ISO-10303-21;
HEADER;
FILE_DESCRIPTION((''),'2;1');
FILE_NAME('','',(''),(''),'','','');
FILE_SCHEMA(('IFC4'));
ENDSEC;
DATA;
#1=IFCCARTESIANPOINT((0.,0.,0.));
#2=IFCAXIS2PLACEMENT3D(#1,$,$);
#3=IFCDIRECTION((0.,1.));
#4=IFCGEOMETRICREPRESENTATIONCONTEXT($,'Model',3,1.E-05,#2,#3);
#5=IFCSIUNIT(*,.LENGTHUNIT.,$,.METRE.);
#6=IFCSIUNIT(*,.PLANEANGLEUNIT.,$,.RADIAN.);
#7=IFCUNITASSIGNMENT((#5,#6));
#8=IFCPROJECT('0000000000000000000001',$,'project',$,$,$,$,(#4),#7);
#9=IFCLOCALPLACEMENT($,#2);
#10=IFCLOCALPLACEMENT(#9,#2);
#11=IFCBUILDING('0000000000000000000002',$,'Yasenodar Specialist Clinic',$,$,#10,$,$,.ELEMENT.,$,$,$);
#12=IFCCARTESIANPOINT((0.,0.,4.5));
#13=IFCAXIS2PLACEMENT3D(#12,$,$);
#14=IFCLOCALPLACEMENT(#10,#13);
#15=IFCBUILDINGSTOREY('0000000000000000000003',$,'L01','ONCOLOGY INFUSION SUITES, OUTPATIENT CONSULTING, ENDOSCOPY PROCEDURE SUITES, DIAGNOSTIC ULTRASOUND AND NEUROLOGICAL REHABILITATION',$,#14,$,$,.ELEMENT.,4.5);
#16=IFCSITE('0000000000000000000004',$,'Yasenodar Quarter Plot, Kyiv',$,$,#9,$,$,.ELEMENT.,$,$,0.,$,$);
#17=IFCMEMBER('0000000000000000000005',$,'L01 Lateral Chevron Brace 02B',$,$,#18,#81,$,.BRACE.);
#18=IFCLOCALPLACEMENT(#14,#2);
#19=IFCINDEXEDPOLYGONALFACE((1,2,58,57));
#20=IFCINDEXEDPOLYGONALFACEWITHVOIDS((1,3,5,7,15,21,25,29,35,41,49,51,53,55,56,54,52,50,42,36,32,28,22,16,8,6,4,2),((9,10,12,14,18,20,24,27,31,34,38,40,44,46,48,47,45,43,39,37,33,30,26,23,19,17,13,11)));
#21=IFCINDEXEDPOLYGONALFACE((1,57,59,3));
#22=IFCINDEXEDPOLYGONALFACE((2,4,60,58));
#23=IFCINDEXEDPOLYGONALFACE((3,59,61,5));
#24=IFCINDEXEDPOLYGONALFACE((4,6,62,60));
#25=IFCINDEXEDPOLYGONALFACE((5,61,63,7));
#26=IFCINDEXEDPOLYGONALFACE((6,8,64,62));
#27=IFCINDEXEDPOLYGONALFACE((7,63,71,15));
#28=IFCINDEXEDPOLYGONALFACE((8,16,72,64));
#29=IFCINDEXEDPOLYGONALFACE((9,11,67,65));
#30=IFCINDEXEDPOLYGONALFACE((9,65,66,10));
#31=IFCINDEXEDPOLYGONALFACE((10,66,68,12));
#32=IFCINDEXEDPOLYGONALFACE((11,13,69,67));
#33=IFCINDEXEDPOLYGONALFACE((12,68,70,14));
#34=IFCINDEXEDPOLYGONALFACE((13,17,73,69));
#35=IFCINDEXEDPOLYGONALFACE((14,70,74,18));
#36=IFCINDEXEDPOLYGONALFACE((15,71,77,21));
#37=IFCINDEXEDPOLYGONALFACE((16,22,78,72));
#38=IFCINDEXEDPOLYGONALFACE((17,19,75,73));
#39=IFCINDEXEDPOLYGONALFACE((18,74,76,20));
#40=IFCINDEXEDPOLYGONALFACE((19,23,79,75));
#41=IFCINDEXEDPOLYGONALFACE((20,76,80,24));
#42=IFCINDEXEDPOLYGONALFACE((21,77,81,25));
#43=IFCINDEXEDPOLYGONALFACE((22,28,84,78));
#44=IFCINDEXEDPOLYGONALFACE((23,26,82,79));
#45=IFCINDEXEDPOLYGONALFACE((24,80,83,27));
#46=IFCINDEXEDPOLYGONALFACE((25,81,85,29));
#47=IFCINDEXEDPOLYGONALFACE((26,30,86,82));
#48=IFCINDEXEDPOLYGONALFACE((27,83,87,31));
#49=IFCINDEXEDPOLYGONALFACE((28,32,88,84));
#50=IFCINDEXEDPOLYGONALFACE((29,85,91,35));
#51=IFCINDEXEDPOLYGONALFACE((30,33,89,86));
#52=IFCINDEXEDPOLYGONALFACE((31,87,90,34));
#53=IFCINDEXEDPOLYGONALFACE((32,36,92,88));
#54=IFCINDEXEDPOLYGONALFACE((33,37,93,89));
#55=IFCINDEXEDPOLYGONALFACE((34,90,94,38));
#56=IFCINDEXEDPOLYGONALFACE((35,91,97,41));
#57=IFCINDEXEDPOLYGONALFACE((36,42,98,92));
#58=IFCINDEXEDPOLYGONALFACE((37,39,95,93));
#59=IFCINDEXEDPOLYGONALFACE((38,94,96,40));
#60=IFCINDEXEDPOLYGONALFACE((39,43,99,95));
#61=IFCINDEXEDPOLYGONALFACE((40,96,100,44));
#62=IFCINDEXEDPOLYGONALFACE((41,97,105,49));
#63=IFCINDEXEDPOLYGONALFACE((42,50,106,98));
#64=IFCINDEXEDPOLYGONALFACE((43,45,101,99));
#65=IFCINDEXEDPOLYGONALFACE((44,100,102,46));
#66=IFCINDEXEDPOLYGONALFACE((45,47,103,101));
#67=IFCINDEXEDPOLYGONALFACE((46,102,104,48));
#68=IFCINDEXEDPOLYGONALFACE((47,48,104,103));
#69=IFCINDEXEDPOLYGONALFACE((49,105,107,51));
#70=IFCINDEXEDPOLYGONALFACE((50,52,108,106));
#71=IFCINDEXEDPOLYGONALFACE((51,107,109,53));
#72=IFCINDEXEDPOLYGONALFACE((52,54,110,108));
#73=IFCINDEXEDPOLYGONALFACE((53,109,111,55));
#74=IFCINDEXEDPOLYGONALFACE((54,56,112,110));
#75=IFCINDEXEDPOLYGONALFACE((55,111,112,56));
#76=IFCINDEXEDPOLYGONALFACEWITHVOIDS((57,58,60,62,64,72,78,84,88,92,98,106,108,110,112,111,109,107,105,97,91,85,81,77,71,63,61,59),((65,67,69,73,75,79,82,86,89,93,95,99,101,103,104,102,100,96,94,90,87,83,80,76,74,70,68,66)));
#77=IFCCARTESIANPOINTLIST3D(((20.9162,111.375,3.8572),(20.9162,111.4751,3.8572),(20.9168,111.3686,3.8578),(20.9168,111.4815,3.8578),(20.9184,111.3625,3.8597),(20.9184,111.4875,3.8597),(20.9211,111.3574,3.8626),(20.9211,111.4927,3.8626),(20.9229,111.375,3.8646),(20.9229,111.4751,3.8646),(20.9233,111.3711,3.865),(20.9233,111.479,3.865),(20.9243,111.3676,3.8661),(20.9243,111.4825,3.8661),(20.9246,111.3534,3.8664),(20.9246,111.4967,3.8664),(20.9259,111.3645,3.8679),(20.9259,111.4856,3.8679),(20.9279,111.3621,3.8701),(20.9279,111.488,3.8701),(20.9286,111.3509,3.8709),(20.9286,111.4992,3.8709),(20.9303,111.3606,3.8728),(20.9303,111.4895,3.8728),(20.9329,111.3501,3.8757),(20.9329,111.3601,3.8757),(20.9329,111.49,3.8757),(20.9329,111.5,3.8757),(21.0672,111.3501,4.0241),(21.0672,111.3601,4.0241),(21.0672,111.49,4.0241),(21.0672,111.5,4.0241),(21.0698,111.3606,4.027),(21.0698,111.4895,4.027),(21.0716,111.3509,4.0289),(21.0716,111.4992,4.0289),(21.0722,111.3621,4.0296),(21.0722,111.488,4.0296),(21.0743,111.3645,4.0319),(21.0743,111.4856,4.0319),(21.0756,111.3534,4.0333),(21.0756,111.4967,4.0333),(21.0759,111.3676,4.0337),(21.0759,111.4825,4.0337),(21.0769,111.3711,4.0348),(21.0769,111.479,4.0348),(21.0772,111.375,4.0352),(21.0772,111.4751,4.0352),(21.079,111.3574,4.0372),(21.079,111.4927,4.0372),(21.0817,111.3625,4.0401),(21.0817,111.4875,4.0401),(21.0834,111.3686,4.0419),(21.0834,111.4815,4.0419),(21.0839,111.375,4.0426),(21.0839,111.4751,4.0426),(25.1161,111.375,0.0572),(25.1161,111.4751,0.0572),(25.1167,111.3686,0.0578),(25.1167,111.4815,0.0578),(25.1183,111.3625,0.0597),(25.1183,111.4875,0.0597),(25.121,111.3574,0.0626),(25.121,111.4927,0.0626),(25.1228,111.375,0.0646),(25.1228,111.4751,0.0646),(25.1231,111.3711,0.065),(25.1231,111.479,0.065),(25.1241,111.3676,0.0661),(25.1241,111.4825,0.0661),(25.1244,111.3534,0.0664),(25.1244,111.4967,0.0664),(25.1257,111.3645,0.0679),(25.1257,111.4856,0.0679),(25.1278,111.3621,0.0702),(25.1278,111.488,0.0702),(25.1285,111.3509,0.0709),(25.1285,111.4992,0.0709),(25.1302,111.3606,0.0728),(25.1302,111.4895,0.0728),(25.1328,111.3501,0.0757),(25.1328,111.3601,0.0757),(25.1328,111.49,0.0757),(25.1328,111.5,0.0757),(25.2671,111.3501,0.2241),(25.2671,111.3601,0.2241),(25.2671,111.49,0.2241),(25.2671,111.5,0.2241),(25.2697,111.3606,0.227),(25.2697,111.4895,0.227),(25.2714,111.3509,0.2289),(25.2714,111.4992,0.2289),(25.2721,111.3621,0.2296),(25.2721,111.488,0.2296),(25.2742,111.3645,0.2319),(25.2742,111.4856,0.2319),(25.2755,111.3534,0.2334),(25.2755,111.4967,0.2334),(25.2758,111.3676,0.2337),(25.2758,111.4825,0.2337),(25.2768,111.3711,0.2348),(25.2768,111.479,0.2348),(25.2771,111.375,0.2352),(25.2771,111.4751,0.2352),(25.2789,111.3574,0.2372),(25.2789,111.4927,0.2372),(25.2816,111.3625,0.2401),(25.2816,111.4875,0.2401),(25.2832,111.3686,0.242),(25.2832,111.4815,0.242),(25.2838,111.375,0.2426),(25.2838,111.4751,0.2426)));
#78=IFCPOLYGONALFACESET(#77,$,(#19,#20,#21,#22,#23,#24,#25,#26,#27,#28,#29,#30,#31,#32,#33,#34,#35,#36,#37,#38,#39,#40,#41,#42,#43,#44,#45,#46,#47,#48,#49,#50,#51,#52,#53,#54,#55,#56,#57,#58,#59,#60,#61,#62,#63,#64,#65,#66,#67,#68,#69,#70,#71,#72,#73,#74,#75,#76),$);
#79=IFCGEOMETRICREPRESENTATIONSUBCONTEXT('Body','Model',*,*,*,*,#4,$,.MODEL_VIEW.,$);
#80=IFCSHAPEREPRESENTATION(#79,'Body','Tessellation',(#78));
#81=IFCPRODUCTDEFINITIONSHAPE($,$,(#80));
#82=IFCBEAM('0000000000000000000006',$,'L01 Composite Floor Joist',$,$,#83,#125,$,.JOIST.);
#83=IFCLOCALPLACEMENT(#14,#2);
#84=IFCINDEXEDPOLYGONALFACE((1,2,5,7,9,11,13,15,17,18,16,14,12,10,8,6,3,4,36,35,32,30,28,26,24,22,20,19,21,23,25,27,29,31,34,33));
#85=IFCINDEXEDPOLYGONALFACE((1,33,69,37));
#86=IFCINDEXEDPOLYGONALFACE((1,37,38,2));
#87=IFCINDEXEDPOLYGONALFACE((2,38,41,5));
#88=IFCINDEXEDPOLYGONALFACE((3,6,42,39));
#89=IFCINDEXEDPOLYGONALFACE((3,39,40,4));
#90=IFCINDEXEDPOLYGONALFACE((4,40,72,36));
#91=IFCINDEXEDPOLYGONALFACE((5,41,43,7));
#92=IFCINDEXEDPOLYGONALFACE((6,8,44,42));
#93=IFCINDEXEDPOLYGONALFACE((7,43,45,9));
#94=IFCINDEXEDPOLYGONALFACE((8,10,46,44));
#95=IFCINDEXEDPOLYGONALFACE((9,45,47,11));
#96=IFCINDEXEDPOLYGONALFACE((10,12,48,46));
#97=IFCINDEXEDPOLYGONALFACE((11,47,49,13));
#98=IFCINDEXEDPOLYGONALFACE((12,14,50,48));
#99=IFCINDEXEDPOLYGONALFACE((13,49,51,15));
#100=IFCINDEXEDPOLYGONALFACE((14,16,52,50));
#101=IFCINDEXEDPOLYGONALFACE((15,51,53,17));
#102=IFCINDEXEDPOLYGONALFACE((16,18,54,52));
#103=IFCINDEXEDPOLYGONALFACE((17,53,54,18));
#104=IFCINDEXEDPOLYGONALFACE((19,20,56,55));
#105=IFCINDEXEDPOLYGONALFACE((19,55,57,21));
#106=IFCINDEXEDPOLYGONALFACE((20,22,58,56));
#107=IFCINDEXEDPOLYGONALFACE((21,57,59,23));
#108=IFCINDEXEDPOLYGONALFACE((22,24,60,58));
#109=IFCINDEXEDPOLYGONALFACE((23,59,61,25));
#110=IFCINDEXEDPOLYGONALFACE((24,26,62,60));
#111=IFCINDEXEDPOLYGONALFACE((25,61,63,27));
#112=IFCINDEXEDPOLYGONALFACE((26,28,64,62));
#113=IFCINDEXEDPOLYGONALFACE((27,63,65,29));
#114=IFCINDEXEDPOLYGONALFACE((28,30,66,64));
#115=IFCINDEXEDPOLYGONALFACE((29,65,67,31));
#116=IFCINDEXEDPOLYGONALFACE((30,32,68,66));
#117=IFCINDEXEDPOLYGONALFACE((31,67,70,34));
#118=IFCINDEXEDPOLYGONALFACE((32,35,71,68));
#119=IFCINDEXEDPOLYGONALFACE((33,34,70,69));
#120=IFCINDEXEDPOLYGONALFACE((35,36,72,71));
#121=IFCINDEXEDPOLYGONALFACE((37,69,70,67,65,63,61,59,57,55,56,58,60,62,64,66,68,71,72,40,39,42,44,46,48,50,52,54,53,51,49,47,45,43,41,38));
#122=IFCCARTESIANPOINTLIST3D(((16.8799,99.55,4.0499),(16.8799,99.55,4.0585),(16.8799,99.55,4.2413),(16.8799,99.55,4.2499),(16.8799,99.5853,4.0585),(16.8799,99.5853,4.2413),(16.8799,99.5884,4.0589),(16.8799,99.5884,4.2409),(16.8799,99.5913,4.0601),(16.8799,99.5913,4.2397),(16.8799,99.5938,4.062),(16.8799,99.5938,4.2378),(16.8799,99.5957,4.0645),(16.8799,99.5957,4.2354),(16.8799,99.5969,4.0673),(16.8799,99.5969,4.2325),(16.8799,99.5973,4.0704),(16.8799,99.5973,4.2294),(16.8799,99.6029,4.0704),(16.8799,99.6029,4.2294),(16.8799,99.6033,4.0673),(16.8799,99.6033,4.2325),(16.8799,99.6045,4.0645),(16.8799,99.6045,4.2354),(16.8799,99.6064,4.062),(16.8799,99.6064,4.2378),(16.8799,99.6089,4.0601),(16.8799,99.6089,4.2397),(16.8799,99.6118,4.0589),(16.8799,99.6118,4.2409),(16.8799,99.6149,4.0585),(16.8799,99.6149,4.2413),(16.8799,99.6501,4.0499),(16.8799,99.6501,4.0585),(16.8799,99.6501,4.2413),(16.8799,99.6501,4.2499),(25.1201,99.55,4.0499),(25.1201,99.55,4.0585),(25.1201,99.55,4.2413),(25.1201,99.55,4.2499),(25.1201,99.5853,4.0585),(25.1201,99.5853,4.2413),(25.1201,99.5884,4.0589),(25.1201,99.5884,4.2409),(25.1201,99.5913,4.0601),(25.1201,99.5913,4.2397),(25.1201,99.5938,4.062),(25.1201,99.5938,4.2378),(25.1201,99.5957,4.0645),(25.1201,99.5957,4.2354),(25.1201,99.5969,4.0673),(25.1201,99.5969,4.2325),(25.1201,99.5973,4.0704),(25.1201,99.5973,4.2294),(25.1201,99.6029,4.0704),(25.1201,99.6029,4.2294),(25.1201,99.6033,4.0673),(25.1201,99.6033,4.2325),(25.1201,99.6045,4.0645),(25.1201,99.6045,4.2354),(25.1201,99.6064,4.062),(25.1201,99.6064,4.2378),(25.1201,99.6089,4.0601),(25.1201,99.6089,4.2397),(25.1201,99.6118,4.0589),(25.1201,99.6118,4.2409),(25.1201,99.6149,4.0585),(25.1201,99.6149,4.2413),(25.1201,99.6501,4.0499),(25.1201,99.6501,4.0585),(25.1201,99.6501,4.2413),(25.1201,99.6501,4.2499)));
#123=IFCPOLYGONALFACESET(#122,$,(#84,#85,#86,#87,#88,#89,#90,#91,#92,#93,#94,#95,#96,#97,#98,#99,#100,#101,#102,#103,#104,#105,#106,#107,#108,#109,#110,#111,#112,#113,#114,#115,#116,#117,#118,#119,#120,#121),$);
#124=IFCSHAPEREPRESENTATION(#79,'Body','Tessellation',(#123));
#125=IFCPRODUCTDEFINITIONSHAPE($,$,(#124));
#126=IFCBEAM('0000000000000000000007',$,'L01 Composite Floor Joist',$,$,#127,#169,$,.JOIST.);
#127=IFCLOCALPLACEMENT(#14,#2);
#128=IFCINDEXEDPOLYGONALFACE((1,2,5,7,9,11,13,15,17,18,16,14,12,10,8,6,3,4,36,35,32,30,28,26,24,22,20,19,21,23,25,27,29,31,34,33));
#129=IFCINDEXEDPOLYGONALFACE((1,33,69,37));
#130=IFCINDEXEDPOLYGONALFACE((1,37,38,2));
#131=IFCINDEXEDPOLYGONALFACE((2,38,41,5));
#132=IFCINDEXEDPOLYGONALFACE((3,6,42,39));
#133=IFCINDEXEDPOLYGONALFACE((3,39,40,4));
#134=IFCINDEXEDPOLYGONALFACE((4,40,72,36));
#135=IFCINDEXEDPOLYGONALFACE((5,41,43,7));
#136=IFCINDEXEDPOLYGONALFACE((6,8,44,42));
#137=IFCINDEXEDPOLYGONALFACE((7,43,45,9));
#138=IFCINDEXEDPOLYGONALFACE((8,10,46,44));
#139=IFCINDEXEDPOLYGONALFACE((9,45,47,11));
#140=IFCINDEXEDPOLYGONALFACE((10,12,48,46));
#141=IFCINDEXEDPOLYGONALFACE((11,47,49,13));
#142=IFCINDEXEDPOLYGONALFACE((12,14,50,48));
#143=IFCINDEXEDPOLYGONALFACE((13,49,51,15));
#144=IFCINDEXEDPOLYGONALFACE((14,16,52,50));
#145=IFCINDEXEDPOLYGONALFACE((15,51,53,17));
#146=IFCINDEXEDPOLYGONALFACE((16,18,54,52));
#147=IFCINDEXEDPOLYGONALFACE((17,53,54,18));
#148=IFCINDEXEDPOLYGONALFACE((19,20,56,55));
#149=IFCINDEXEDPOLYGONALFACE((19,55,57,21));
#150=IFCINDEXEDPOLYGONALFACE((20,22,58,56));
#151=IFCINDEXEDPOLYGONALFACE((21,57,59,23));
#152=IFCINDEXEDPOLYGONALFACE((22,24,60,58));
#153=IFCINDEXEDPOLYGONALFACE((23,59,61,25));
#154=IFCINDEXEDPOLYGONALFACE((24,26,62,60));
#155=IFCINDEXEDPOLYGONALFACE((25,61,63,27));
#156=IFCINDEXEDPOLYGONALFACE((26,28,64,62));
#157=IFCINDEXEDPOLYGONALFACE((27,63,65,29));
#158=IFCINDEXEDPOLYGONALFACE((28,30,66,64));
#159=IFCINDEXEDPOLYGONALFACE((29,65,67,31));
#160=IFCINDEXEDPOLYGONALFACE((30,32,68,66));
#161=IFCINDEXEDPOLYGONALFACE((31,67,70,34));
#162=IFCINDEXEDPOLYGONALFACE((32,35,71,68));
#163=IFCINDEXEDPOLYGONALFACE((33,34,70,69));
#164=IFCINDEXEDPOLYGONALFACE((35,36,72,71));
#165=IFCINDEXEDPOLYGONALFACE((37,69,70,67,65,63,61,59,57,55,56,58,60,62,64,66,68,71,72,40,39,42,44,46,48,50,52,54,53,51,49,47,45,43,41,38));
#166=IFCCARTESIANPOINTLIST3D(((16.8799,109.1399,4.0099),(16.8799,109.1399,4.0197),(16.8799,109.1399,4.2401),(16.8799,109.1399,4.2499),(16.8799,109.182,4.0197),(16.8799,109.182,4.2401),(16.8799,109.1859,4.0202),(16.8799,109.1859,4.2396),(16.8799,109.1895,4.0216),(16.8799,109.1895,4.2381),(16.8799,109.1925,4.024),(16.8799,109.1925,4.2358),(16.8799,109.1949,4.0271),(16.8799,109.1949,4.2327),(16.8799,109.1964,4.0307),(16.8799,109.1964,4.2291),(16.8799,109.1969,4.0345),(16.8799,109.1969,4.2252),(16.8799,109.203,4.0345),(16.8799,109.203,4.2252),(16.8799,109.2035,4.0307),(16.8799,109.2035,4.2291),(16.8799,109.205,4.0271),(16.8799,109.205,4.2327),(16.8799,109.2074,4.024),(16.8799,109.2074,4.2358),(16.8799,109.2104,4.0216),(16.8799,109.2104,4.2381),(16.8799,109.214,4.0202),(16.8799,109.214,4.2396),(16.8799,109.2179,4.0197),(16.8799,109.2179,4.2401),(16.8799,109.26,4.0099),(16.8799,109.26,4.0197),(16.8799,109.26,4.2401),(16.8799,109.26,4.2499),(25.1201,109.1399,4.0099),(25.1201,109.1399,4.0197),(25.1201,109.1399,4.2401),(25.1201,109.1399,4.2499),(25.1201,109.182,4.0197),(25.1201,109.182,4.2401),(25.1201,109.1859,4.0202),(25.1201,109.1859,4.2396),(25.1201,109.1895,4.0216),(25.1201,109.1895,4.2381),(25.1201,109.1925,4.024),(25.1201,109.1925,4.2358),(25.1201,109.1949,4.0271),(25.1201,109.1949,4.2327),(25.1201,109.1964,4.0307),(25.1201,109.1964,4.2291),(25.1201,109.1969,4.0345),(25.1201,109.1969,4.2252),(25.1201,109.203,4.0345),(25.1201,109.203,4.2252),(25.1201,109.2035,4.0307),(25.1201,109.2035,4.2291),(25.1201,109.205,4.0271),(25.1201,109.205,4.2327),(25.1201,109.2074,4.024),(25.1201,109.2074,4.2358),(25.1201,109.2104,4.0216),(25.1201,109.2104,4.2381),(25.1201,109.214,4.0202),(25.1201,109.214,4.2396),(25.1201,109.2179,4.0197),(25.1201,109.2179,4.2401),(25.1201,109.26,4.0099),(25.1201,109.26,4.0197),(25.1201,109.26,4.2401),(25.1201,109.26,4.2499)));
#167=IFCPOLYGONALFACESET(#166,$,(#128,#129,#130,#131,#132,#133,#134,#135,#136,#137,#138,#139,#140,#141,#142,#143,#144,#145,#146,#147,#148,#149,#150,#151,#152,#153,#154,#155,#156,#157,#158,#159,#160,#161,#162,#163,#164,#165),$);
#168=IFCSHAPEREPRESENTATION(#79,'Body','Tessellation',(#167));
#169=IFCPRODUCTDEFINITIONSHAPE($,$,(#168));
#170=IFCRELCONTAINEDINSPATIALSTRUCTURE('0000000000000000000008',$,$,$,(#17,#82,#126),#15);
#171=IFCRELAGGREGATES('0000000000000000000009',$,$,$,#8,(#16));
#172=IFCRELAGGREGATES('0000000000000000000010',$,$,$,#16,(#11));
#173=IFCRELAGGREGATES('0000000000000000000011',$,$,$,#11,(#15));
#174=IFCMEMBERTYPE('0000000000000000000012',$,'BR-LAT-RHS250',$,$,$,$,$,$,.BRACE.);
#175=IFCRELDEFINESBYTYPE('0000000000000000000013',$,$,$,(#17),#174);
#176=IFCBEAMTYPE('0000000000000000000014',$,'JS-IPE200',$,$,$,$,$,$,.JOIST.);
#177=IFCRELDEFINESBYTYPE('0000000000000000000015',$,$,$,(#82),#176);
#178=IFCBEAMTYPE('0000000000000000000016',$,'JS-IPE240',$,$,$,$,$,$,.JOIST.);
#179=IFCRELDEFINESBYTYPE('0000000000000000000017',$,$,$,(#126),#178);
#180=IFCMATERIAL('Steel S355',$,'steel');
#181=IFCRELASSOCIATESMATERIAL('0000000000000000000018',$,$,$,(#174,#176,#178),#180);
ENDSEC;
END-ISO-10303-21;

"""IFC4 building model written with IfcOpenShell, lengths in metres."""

from ifc_helpers import new_model, si_unit, direction, frame, origin, origin_2d, place, context, subcontext, project, spatial, hollow_rectangle, i_section, extrude, material, material_profile, profile_set, type_object, element, save


model = new_model("IFC4")

# Units and contexts
model_context = context("Model", 3, precision=1e-05, world=origin(), true_north=direction((0.0, 1.0)))
body_context = subcontext(model_context, "Body", "Model", "MODEL_VIEW")
ifc_project = project(units=[si_unit("LENGTHUNIT", "METRE"), si_unit("PLANEANGLEUNIT", "RADIAN")], contexts=[model_context])

# Site, building, storey
site_placement = place(None, origin())
site = spatial("IfcSite", under=ifc_project, at=site_placement, Name="Yasenodar Quarter Plot, Kyiv", CompositionType="ELEMENT", RefElevation=0.0)
building_placement = place(site_placement, origin())
building = spatial("IfcBuilding", under=site, at=building_placement, Name="Yasenodar Specialist Clinic", CompositionType="ELEMENT")
storey_placement = place(building_placement, frame((0.0, 0.0, 4.5)))
storey = spatial("IfcBuildingStorey", under=building, at=storey_placement, Name="L01", Description="ONCOLOGY INFUSION SUITES, OUTPATIENT CONSULTING, ENDOSCOPY PROCEDURE SUITES, DIAGNOSTIC ULTRASOUND AND NEUROLOGICAL REHABILITATION", CompositionType="ELEMENT", Elevation=4.5)

# Shared definitions
ifc_material_1 = material(Name="Steel S355", Category="steel")

# Member
ifc_material_profile_1 = material_profile(ifc_material_1, hollow_rectangle(XDim=0.1499, YDim=0.25, WallThickness=0.01, InnerFilletRadius=0.0149, OuterFilletRadius=0.0249, at=origin_2d()), Name="RHS 250x150x10")
ifc_profile_set_1 = profile_set([ifc_material_profile_1], Name="Steel S355")
member_type = type_object("IfcMemberType", Name="BR-LAT-RHS250", PredefinedType="BRACE", material=ifc_profile_set_1)
member_placement = place(storey_placement, frame((25.2, 111.425, 0.1499), z_axis=(-0.741528, 0.0, 0.670922), x_axis=(0.0, -1.0, 0.0)))
element("IfcMember", 1, at=member_placement, inside=storey, type_object=member_type, Name="L01 Lateral Chevron Brace 02B", PredefinedType="BRACE", context=body_context, shape_type="SweptSolid", body=[
    extrude(hollow_rectangle(XDim=0.1499, YDim=0.25, WallThickness=0.01, InnerFilletRadius=0.0149, OuterFilletRadius=0.0249, at=origin_2d()), origin(), (0.0, 0.0, 1.0), 5.6638),
])

# Beams
ifc_material_profile_2 = material_profile(ifc_material_1, i_section(OverallWidth=0.1001, OverallDepth=0.2, WebThickness=0.0056, FlangeThickness=0.0085, FilletRadius=0.012, at=origin_2d()), Name="IPE 200")
ifc_profile_set_2 = profile_set([ifc_material_profile_2], Name="Steel S355")
beam_type_1 = type_object("IfcBeamType", Name="JS-IPE200", PredefinedType="JOIST", material=ifc_profile_set_2)
beam_1_placement = place(storey_placement, frame((16.8799, 99.6001, 4.1499), z_axis=(1.0, 0.0, 0.0), x_axis=(0.0, 1.0, 0.0)))
element("IfcBeam", 2, at=beam_1_placement, inside=storey, type_object=beam_type_1, Name="L01 Composite Floor Joist", PredefinedType="JOIST", context=body_context, shape_type="SweptSolid", body=[
    extrude(i_section(OverallWidth=0.1001, OverallDepth=0.2, WebThickness=0.0056, FlangeThickness=0.0085, FilletRadius=0.012, at=origin_2d()), origin(), (0.0, 0.0, 1.0), 8.2402),
])
ifc_material_profile_3 = material_profile(ifc_material_1, i_section(OverallWidth=0.1201, OverallDepth=0.24, WebThickness=0.0061, FlangeThickness=0.0098, FilletRadius=0.0149, at=origin_2d()), Name="IPE 240")
ifc_profile_set_3 = profile_set([ifc_material_profile_3], Name="Steel S355")
beam_type_2 = type_object("IfcBeamType", Name="JS-IPE240", PredefinedType="JOIST", material=ifc_profile_set_3)
beam_2_placement = place(storey_placement, frame((16.8799, 109.2, 4.1299), z_axis=(1.0, 0.0, 0.0), x_axis=(0.0, 1.0, 0.0)))
element("IfcBeam", 3, at=beam_2_placement, inside=storey, type_object=beam_type_2, Name="L01 Composite Floor Joist", PredefinedType="JOIST", context=body_context, shape_type="SweptSolid", body=[
    extrude(i_section(OverallWidth=0.1201, OverallDepth=0.24, WebThickness=0.0061, FlangeThickness=0.0098, FilletRadius=0.0149, at=origin_2d()), origin(), (0.0, 0.0, 1.0), 8.2402),
])

save(model, "model.ifc")
